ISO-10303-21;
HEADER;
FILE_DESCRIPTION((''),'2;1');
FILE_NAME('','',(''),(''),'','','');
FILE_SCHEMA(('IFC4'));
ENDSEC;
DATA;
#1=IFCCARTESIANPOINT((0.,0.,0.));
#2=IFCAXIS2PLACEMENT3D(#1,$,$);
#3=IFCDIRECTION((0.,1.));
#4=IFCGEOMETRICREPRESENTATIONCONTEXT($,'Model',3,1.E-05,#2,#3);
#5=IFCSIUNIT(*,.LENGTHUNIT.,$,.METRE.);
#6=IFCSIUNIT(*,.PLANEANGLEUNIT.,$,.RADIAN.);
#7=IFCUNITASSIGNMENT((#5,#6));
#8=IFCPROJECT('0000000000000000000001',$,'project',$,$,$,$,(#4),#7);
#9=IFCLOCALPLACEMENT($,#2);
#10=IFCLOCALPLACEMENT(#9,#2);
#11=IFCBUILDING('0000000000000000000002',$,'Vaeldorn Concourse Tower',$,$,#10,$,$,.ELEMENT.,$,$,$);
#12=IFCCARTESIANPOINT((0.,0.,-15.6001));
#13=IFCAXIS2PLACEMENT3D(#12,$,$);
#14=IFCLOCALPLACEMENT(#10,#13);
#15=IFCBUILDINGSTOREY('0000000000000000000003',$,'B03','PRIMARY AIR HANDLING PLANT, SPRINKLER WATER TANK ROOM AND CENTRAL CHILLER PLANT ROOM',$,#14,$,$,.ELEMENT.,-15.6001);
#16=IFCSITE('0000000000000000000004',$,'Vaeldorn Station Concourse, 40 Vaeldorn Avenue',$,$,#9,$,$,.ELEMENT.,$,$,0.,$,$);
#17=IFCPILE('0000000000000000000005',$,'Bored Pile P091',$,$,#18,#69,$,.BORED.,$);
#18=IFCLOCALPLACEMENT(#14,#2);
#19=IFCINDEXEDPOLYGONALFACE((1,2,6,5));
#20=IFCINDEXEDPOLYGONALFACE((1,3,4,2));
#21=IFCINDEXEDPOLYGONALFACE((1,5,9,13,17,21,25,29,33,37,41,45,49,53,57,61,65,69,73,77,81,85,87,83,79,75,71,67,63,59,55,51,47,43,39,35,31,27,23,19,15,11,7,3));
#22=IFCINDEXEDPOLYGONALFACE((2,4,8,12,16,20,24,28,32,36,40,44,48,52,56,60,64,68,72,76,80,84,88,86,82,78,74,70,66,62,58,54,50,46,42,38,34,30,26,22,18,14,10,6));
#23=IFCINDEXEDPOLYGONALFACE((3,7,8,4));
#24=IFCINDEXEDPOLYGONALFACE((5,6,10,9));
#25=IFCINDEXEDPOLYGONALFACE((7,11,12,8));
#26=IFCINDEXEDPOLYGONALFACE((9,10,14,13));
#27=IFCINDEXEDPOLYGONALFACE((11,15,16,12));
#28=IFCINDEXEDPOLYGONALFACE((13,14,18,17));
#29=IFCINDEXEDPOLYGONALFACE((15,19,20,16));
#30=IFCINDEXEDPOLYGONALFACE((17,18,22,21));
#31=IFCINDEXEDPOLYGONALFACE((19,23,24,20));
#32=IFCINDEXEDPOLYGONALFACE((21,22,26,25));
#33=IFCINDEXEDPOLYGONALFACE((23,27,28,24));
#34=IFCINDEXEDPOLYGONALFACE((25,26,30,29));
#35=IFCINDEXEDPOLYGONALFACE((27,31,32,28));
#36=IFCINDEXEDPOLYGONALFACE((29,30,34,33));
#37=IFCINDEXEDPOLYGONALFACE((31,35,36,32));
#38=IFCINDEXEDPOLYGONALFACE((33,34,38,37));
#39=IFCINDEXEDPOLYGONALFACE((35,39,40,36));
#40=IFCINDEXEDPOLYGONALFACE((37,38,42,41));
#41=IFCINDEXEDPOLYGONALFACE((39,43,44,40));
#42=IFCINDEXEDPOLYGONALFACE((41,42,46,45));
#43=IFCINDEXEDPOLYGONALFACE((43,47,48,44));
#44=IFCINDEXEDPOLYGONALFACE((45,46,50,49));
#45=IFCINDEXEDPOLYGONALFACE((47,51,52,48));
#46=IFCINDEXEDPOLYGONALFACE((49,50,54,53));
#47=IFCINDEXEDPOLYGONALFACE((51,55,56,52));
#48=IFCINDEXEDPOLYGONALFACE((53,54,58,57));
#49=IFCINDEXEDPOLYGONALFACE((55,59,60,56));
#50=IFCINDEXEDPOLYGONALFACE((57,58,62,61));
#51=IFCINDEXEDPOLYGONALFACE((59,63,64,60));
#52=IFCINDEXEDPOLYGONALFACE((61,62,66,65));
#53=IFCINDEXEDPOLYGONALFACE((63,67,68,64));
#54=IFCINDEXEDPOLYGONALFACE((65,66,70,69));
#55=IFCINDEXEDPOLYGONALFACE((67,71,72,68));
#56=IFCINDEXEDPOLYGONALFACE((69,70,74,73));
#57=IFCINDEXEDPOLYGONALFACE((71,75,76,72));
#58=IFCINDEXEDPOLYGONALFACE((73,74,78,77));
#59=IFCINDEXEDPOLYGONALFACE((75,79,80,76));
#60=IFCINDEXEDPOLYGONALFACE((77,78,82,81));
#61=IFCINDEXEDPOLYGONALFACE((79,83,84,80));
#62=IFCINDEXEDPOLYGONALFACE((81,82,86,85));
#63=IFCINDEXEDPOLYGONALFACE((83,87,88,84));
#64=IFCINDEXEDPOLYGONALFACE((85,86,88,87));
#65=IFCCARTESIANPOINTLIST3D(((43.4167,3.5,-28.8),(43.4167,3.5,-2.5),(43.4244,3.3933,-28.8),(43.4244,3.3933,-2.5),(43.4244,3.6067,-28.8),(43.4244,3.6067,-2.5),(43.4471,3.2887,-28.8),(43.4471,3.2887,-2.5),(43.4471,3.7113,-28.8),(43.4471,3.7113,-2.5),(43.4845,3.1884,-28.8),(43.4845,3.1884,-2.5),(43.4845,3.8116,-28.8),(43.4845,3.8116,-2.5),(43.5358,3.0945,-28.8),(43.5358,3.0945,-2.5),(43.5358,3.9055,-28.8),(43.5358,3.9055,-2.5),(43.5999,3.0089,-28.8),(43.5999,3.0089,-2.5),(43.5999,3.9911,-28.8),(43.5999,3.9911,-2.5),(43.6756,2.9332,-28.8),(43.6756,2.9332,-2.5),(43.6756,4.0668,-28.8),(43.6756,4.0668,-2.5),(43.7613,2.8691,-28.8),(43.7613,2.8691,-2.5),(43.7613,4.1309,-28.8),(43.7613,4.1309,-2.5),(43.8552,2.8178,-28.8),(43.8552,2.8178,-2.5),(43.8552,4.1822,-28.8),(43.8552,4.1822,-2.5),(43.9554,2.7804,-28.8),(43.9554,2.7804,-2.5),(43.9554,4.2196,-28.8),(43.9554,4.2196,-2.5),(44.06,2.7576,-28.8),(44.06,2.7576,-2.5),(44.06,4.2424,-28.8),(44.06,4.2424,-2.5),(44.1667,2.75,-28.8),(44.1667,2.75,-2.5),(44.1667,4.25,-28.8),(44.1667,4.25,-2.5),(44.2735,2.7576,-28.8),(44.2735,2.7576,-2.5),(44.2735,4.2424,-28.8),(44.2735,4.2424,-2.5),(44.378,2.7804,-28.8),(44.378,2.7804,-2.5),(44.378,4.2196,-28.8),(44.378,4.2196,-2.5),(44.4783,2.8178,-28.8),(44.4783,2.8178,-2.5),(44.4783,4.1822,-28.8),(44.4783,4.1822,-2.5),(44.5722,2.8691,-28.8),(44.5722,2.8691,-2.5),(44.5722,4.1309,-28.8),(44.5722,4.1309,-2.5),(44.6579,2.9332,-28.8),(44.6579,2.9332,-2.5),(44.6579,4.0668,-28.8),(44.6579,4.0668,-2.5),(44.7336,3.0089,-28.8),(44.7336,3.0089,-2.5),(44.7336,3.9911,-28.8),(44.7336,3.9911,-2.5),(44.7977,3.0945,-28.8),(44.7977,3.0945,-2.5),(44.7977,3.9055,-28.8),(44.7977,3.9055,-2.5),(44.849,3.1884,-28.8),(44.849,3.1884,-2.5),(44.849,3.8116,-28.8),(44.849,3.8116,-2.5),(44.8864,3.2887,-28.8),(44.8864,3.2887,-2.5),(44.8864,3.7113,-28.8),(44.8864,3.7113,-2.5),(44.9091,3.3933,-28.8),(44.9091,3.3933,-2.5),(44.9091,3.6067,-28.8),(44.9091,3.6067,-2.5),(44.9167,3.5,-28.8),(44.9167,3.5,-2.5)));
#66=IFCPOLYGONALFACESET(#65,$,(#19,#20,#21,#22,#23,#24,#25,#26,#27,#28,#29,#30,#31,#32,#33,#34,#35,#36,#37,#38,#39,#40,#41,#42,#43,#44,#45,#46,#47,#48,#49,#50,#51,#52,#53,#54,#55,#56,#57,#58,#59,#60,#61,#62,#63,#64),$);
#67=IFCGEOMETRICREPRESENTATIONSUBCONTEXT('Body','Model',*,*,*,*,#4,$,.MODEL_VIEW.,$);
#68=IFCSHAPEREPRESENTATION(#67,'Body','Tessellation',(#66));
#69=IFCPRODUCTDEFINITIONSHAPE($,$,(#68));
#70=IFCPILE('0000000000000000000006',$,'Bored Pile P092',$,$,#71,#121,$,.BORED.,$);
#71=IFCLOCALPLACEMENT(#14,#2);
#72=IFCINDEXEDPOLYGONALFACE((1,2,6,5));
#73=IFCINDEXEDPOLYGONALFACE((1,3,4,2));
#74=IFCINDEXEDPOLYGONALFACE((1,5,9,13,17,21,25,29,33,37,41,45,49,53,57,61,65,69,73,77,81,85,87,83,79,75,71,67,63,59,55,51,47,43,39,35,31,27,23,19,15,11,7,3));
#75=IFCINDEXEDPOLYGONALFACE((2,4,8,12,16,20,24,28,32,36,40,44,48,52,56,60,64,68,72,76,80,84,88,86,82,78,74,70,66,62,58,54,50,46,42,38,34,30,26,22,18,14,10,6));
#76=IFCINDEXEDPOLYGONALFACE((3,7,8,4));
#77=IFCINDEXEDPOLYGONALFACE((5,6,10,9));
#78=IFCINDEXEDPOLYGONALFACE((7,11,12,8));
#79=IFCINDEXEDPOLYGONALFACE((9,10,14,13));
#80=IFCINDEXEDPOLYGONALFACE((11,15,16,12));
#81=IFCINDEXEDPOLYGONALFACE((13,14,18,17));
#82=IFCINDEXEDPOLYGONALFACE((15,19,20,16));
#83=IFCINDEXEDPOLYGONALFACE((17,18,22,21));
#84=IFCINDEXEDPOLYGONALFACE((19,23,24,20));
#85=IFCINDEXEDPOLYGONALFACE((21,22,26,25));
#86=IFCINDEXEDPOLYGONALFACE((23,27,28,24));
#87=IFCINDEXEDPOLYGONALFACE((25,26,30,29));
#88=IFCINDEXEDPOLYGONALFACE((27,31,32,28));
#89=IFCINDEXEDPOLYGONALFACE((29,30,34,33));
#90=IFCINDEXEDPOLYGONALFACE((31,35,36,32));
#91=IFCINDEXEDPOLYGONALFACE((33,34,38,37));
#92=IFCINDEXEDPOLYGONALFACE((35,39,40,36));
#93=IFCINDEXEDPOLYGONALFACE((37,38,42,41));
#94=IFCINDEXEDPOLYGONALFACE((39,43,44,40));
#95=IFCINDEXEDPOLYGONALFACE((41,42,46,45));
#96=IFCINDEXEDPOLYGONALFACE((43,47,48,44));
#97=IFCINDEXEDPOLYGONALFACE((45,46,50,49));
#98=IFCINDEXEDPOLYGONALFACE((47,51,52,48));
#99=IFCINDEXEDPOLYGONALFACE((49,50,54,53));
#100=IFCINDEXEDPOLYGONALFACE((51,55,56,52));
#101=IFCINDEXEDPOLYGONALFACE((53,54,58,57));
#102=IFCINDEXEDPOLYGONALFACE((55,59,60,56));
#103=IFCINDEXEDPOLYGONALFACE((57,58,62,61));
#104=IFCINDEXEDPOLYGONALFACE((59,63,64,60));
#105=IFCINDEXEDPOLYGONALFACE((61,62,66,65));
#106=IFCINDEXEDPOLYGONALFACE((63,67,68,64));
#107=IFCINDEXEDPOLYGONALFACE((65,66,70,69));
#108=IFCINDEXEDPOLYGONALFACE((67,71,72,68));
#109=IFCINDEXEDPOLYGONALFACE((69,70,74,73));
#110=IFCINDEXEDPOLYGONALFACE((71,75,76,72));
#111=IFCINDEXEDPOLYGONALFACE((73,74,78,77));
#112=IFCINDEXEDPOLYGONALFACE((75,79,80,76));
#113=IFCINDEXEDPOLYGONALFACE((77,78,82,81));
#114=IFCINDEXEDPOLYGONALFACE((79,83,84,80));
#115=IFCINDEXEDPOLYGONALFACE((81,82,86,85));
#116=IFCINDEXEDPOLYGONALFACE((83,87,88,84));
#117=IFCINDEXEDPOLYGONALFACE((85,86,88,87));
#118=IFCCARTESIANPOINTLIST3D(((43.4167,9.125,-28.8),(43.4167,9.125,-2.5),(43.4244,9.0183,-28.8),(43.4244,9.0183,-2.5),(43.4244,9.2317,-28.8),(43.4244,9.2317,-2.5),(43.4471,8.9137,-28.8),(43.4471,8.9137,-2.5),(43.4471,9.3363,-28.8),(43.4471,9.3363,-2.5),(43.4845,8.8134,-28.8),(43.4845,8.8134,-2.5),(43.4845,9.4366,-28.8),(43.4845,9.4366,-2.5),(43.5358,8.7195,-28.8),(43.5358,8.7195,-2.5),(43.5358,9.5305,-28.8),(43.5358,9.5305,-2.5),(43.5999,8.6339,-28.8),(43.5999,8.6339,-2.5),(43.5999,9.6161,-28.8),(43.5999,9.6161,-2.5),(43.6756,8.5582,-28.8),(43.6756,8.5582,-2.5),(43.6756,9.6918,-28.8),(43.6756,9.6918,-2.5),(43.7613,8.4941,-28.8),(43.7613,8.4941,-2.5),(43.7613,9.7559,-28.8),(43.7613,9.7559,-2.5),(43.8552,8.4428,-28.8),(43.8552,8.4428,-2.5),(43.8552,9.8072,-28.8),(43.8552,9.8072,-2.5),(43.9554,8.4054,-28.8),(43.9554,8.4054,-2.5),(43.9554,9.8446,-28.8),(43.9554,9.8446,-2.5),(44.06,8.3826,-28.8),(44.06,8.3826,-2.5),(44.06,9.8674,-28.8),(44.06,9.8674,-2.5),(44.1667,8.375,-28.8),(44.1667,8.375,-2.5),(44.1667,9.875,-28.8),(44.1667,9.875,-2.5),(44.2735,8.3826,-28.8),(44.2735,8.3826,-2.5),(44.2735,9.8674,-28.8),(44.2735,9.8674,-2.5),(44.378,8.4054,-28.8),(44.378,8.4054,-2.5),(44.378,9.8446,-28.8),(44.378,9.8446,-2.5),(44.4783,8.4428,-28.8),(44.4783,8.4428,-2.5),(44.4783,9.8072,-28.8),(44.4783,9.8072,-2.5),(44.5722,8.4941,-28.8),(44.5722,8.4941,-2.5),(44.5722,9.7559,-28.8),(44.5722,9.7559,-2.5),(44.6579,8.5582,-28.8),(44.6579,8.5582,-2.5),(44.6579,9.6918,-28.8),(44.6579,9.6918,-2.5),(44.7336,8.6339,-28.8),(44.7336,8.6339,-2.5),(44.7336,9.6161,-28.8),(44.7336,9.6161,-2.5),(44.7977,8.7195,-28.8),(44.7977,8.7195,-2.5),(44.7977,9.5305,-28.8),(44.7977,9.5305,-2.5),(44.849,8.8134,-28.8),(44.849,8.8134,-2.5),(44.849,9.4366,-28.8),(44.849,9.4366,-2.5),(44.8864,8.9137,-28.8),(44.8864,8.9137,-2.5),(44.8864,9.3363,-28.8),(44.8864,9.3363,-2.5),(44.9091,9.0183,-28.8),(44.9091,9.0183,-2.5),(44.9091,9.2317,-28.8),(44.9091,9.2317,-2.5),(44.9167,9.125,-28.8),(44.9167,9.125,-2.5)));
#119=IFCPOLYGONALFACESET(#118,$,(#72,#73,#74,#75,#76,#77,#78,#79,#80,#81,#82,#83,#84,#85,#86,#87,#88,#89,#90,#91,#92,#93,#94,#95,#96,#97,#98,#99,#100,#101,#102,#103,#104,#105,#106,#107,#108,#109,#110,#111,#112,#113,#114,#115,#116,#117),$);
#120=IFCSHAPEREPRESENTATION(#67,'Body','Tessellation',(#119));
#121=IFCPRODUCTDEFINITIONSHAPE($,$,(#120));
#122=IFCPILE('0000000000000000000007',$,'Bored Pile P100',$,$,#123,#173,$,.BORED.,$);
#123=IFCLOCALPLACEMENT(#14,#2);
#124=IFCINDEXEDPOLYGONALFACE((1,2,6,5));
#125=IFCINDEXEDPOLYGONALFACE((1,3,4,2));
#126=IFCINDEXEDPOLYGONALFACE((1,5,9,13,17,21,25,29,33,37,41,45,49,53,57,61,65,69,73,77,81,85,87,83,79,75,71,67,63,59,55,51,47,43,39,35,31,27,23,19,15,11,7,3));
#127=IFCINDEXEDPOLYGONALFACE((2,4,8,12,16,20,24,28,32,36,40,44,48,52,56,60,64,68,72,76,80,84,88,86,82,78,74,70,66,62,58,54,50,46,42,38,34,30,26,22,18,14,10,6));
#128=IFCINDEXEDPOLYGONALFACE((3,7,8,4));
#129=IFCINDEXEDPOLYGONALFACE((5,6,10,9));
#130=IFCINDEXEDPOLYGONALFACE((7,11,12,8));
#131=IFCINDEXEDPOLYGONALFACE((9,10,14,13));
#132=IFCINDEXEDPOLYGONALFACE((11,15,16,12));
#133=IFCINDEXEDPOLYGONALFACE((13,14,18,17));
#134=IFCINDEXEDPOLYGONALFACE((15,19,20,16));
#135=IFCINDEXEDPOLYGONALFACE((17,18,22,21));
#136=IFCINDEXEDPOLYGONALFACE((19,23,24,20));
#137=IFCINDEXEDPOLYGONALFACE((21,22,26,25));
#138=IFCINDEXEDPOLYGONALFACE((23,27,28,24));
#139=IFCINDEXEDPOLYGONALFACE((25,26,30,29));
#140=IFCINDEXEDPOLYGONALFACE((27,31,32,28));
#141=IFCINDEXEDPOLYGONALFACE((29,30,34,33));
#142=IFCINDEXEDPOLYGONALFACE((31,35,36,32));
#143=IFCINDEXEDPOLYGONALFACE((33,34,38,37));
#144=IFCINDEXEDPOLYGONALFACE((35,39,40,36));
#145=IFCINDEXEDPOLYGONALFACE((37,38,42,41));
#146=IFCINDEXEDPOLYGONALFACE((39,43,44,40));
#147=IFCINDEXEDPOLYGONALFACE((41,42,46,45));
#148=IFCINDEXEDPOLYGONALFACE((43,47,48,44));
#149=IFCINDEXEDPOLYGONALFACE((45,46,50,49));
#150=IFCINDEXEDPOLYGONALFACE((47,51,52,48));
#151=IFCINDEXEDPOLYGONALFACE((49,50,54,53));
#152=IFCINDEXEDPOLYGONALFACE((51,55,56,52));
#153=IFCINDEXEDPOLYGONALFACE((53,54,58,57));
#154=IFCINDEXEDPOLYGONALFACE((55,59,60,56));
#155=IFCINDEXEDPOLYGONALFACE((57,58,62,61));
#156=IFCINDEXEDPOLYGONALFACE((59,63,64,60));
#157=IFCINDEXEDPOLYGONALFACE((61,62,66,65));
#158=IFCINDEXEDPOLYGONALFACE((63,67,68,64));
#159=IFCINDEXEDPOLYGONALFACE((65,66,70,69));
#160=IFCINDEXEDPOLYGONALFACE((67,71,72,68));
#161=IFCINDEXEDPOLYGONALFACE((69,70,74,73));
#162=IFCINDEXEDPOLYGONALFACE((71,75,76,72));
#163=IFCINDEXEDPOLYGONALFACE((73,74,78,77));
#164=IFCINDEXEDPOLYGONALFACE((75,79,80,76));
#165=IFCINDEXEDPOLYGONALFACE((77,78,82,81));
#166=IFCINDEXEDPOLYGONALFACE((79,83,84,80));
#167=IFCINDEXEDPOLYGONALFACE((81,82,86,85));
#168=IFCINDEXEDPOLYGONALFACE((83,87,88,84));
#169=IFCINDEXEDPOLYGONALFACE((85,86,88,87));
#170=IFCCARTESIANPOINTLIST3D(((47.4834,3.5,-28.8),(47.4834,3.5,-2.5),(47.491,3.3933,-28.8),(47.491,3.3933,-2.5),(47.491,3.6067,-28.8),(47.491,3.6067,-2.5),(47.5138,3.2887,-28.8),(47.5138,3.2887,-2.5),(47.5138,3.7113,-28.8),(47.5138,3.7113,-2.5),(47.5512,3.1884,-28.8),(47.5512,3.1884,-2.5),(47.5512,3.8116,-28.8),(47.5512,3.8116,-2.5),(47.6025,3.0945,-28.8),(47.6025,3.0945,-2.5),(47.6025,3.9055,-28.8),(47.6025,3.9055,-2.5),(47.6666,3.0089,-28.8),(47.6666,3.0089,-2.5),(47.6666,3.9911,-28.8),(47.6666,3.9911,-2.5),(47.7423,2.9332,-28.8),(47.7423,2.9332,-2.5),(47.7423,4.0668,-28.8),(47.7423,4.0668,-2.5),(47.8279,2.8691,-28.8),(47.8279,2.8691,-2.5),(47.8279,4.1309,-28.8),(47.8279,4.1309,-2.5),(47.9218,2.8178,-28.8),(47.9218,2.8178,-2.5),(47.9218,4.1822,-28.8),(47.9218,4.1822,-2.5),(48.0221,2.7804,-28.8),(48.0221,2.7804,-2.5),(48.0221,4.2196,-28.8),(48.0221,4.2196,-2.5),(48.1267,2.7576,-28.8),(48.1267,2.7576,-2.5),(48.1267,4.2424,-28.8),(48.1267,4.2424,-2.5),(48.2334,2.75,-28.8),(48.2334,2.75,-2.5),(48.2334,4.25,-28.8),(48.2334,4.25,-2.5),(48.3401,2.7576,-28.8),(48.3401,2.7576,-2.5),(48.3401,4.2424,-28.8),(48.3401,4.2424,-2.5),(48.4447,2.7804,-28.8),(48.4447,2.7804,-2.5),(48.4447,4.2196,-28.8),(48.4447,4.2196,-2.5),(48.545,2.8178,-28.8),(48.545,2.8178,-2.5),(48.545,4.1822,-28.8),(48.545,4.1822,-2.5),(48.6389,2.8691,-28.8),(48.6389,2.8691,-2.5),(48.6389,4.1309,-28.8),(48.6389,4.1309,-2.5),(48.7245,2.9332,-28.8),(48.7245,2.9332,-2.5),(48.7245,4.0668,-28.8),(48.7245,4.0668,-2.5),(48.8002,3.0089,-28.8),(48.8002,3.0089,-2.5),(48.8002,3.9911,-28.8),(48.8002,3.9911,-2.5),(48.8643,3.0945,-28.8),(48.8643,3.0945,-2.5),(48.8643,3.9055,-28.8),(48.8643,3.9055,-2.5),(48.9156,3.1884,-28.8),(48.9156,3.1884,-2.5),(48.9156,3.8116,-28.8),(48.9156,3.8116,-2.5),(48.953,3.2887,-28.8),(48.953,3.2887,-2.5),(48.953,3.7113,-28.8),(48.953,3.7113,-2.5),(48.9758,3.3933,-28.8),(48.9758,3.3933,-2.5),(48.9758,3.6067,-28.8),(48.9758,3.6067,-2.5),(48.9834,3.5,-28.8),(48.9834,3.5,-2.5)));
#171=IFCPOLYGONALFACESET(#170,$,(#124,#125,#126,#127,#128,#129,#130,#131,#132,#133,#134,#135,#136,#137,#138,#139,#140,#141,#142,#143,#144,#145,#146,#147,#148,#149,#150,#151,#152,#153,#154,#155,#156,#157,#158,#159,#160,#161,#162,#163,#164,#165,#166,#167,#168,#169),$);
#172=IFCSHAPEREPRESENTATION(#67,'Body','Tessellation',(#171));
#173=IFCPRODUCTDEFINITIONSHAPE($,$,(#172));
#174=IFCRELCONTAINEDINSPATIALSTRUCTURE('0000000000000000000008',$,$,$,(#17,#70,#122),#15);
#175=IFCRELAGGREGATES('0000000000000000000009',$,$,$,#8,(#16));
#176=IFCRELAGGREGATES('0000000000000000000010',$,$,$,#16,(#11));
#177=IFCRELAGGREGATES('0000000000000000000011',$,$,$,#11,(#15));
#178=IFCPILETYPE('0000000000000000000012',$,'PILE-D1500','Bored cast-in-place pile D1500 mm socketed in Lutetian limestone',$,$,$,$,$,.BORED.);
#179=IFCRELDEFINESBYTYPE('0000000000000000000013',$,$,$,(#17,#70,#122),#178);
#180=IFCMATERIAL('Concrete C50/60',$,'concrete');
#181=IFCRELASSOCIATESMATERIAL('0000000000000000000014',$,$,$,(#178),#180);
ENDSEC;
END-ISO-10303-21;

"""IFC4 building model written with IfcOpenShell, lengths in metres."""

from ifc_helpers import new_model, si_unit, direction, frame, origin, origin_2d, place, context, subcontext, project, spatial, circle, extrude, material, material_profile, profile_set, type_object, element, save


model = new_model("IFC4")

# Units and contexts
model_context = context("Model", 3, precision=1e-05, world=origin(), true_north=direction((0.0, 1.0)))
body_context = subcontext(model_context, "Body", "Model", "MODEL_VIEW")
ifc_project = project(units=[si_unit("LENGTHUNIT", "METRE"), si_unit("PLANEANGLEUNIT", "RADIAN")], contexts=[model_context])

# Site, building, storey
site_placement = place(None, origin())
site = spatial("IfcSite", under=ifc_project, at=site_placement, Name="Vaeldorn Station Concourse, 40 Vaeldorn Avenue", CompositionType="ELEMENT", RefElevation=0.0)
building_placement = place(site_placement, origin())
building = spatial("IfcBuilding", under=site, at=building_placement, Name="Vaeldorn Concourse Tower", CompositionType="ELEMENT")
storey_placement = place(building_placement, frame((0.0, 0.0, -15.6001)))
storey = spatial("IfcBuildingStorey", under=building, at=storey_placement, Name="B03", Description="PRIMARY AIR HANDLING PLANT, SPRINKLER WATER TANK ROOM AND CENTRAL CHILLER PLANT ROOM", CompositionType="ELEMENT", Elevation=-15.6001)

# Piles
ifc_material_1 = material(Name="Concrete C50/60", Category="concrete")
ifc_material_profile_1 = material_profile(ifc_material_1, circle(Radius=0.75, at=origin_2d()), Name="BORED PILE D1500")
ifc_profile_set_1 = profile_set([ifc_material_profile_1], Name="Concrete C50/60")
pile_type = type_object("IfcPileType", Name="PILE-D1500", Description="Bored cast-in-place pile D1500 mm socketed in Lutetian limestone", PredefinedType="BORED", material=ifc_profile_set_1)
for number, where, z_axis, x_axis, name in (
    (1, (44.1667, 3.5, -2.5), (0.0, 0.0, -1.0), (1.0, 0.0, 0.0), "Bored Pile P091"),
    (2, (44.1667, 9.125, -2.5), (0.0, 0.0, -1.0), (1.0, 0.0, 0.0), "Bored Pile P092"),
    (3, (48.2334, 3.5, -2.5), (0.0, 0.0, -1.0), (1.0, 0.0, 0.0), "Bored Pile P100"),
):
    element("IfcPile", number, at=place(storey_placement, frame(where, z_axis=z_axis, x_axis=x_axis)), inside=storey, type_object=pile_type, Name=name, PredefinedType="BORED", context=body_context, shape_type="SweptSolid", body=[
        extrude(circle(Radius=0.75, at=origin_2d()), origin(), (0.0, 0.0, 1.0), 26.3),
    ])

save(model, "model.ifc")
